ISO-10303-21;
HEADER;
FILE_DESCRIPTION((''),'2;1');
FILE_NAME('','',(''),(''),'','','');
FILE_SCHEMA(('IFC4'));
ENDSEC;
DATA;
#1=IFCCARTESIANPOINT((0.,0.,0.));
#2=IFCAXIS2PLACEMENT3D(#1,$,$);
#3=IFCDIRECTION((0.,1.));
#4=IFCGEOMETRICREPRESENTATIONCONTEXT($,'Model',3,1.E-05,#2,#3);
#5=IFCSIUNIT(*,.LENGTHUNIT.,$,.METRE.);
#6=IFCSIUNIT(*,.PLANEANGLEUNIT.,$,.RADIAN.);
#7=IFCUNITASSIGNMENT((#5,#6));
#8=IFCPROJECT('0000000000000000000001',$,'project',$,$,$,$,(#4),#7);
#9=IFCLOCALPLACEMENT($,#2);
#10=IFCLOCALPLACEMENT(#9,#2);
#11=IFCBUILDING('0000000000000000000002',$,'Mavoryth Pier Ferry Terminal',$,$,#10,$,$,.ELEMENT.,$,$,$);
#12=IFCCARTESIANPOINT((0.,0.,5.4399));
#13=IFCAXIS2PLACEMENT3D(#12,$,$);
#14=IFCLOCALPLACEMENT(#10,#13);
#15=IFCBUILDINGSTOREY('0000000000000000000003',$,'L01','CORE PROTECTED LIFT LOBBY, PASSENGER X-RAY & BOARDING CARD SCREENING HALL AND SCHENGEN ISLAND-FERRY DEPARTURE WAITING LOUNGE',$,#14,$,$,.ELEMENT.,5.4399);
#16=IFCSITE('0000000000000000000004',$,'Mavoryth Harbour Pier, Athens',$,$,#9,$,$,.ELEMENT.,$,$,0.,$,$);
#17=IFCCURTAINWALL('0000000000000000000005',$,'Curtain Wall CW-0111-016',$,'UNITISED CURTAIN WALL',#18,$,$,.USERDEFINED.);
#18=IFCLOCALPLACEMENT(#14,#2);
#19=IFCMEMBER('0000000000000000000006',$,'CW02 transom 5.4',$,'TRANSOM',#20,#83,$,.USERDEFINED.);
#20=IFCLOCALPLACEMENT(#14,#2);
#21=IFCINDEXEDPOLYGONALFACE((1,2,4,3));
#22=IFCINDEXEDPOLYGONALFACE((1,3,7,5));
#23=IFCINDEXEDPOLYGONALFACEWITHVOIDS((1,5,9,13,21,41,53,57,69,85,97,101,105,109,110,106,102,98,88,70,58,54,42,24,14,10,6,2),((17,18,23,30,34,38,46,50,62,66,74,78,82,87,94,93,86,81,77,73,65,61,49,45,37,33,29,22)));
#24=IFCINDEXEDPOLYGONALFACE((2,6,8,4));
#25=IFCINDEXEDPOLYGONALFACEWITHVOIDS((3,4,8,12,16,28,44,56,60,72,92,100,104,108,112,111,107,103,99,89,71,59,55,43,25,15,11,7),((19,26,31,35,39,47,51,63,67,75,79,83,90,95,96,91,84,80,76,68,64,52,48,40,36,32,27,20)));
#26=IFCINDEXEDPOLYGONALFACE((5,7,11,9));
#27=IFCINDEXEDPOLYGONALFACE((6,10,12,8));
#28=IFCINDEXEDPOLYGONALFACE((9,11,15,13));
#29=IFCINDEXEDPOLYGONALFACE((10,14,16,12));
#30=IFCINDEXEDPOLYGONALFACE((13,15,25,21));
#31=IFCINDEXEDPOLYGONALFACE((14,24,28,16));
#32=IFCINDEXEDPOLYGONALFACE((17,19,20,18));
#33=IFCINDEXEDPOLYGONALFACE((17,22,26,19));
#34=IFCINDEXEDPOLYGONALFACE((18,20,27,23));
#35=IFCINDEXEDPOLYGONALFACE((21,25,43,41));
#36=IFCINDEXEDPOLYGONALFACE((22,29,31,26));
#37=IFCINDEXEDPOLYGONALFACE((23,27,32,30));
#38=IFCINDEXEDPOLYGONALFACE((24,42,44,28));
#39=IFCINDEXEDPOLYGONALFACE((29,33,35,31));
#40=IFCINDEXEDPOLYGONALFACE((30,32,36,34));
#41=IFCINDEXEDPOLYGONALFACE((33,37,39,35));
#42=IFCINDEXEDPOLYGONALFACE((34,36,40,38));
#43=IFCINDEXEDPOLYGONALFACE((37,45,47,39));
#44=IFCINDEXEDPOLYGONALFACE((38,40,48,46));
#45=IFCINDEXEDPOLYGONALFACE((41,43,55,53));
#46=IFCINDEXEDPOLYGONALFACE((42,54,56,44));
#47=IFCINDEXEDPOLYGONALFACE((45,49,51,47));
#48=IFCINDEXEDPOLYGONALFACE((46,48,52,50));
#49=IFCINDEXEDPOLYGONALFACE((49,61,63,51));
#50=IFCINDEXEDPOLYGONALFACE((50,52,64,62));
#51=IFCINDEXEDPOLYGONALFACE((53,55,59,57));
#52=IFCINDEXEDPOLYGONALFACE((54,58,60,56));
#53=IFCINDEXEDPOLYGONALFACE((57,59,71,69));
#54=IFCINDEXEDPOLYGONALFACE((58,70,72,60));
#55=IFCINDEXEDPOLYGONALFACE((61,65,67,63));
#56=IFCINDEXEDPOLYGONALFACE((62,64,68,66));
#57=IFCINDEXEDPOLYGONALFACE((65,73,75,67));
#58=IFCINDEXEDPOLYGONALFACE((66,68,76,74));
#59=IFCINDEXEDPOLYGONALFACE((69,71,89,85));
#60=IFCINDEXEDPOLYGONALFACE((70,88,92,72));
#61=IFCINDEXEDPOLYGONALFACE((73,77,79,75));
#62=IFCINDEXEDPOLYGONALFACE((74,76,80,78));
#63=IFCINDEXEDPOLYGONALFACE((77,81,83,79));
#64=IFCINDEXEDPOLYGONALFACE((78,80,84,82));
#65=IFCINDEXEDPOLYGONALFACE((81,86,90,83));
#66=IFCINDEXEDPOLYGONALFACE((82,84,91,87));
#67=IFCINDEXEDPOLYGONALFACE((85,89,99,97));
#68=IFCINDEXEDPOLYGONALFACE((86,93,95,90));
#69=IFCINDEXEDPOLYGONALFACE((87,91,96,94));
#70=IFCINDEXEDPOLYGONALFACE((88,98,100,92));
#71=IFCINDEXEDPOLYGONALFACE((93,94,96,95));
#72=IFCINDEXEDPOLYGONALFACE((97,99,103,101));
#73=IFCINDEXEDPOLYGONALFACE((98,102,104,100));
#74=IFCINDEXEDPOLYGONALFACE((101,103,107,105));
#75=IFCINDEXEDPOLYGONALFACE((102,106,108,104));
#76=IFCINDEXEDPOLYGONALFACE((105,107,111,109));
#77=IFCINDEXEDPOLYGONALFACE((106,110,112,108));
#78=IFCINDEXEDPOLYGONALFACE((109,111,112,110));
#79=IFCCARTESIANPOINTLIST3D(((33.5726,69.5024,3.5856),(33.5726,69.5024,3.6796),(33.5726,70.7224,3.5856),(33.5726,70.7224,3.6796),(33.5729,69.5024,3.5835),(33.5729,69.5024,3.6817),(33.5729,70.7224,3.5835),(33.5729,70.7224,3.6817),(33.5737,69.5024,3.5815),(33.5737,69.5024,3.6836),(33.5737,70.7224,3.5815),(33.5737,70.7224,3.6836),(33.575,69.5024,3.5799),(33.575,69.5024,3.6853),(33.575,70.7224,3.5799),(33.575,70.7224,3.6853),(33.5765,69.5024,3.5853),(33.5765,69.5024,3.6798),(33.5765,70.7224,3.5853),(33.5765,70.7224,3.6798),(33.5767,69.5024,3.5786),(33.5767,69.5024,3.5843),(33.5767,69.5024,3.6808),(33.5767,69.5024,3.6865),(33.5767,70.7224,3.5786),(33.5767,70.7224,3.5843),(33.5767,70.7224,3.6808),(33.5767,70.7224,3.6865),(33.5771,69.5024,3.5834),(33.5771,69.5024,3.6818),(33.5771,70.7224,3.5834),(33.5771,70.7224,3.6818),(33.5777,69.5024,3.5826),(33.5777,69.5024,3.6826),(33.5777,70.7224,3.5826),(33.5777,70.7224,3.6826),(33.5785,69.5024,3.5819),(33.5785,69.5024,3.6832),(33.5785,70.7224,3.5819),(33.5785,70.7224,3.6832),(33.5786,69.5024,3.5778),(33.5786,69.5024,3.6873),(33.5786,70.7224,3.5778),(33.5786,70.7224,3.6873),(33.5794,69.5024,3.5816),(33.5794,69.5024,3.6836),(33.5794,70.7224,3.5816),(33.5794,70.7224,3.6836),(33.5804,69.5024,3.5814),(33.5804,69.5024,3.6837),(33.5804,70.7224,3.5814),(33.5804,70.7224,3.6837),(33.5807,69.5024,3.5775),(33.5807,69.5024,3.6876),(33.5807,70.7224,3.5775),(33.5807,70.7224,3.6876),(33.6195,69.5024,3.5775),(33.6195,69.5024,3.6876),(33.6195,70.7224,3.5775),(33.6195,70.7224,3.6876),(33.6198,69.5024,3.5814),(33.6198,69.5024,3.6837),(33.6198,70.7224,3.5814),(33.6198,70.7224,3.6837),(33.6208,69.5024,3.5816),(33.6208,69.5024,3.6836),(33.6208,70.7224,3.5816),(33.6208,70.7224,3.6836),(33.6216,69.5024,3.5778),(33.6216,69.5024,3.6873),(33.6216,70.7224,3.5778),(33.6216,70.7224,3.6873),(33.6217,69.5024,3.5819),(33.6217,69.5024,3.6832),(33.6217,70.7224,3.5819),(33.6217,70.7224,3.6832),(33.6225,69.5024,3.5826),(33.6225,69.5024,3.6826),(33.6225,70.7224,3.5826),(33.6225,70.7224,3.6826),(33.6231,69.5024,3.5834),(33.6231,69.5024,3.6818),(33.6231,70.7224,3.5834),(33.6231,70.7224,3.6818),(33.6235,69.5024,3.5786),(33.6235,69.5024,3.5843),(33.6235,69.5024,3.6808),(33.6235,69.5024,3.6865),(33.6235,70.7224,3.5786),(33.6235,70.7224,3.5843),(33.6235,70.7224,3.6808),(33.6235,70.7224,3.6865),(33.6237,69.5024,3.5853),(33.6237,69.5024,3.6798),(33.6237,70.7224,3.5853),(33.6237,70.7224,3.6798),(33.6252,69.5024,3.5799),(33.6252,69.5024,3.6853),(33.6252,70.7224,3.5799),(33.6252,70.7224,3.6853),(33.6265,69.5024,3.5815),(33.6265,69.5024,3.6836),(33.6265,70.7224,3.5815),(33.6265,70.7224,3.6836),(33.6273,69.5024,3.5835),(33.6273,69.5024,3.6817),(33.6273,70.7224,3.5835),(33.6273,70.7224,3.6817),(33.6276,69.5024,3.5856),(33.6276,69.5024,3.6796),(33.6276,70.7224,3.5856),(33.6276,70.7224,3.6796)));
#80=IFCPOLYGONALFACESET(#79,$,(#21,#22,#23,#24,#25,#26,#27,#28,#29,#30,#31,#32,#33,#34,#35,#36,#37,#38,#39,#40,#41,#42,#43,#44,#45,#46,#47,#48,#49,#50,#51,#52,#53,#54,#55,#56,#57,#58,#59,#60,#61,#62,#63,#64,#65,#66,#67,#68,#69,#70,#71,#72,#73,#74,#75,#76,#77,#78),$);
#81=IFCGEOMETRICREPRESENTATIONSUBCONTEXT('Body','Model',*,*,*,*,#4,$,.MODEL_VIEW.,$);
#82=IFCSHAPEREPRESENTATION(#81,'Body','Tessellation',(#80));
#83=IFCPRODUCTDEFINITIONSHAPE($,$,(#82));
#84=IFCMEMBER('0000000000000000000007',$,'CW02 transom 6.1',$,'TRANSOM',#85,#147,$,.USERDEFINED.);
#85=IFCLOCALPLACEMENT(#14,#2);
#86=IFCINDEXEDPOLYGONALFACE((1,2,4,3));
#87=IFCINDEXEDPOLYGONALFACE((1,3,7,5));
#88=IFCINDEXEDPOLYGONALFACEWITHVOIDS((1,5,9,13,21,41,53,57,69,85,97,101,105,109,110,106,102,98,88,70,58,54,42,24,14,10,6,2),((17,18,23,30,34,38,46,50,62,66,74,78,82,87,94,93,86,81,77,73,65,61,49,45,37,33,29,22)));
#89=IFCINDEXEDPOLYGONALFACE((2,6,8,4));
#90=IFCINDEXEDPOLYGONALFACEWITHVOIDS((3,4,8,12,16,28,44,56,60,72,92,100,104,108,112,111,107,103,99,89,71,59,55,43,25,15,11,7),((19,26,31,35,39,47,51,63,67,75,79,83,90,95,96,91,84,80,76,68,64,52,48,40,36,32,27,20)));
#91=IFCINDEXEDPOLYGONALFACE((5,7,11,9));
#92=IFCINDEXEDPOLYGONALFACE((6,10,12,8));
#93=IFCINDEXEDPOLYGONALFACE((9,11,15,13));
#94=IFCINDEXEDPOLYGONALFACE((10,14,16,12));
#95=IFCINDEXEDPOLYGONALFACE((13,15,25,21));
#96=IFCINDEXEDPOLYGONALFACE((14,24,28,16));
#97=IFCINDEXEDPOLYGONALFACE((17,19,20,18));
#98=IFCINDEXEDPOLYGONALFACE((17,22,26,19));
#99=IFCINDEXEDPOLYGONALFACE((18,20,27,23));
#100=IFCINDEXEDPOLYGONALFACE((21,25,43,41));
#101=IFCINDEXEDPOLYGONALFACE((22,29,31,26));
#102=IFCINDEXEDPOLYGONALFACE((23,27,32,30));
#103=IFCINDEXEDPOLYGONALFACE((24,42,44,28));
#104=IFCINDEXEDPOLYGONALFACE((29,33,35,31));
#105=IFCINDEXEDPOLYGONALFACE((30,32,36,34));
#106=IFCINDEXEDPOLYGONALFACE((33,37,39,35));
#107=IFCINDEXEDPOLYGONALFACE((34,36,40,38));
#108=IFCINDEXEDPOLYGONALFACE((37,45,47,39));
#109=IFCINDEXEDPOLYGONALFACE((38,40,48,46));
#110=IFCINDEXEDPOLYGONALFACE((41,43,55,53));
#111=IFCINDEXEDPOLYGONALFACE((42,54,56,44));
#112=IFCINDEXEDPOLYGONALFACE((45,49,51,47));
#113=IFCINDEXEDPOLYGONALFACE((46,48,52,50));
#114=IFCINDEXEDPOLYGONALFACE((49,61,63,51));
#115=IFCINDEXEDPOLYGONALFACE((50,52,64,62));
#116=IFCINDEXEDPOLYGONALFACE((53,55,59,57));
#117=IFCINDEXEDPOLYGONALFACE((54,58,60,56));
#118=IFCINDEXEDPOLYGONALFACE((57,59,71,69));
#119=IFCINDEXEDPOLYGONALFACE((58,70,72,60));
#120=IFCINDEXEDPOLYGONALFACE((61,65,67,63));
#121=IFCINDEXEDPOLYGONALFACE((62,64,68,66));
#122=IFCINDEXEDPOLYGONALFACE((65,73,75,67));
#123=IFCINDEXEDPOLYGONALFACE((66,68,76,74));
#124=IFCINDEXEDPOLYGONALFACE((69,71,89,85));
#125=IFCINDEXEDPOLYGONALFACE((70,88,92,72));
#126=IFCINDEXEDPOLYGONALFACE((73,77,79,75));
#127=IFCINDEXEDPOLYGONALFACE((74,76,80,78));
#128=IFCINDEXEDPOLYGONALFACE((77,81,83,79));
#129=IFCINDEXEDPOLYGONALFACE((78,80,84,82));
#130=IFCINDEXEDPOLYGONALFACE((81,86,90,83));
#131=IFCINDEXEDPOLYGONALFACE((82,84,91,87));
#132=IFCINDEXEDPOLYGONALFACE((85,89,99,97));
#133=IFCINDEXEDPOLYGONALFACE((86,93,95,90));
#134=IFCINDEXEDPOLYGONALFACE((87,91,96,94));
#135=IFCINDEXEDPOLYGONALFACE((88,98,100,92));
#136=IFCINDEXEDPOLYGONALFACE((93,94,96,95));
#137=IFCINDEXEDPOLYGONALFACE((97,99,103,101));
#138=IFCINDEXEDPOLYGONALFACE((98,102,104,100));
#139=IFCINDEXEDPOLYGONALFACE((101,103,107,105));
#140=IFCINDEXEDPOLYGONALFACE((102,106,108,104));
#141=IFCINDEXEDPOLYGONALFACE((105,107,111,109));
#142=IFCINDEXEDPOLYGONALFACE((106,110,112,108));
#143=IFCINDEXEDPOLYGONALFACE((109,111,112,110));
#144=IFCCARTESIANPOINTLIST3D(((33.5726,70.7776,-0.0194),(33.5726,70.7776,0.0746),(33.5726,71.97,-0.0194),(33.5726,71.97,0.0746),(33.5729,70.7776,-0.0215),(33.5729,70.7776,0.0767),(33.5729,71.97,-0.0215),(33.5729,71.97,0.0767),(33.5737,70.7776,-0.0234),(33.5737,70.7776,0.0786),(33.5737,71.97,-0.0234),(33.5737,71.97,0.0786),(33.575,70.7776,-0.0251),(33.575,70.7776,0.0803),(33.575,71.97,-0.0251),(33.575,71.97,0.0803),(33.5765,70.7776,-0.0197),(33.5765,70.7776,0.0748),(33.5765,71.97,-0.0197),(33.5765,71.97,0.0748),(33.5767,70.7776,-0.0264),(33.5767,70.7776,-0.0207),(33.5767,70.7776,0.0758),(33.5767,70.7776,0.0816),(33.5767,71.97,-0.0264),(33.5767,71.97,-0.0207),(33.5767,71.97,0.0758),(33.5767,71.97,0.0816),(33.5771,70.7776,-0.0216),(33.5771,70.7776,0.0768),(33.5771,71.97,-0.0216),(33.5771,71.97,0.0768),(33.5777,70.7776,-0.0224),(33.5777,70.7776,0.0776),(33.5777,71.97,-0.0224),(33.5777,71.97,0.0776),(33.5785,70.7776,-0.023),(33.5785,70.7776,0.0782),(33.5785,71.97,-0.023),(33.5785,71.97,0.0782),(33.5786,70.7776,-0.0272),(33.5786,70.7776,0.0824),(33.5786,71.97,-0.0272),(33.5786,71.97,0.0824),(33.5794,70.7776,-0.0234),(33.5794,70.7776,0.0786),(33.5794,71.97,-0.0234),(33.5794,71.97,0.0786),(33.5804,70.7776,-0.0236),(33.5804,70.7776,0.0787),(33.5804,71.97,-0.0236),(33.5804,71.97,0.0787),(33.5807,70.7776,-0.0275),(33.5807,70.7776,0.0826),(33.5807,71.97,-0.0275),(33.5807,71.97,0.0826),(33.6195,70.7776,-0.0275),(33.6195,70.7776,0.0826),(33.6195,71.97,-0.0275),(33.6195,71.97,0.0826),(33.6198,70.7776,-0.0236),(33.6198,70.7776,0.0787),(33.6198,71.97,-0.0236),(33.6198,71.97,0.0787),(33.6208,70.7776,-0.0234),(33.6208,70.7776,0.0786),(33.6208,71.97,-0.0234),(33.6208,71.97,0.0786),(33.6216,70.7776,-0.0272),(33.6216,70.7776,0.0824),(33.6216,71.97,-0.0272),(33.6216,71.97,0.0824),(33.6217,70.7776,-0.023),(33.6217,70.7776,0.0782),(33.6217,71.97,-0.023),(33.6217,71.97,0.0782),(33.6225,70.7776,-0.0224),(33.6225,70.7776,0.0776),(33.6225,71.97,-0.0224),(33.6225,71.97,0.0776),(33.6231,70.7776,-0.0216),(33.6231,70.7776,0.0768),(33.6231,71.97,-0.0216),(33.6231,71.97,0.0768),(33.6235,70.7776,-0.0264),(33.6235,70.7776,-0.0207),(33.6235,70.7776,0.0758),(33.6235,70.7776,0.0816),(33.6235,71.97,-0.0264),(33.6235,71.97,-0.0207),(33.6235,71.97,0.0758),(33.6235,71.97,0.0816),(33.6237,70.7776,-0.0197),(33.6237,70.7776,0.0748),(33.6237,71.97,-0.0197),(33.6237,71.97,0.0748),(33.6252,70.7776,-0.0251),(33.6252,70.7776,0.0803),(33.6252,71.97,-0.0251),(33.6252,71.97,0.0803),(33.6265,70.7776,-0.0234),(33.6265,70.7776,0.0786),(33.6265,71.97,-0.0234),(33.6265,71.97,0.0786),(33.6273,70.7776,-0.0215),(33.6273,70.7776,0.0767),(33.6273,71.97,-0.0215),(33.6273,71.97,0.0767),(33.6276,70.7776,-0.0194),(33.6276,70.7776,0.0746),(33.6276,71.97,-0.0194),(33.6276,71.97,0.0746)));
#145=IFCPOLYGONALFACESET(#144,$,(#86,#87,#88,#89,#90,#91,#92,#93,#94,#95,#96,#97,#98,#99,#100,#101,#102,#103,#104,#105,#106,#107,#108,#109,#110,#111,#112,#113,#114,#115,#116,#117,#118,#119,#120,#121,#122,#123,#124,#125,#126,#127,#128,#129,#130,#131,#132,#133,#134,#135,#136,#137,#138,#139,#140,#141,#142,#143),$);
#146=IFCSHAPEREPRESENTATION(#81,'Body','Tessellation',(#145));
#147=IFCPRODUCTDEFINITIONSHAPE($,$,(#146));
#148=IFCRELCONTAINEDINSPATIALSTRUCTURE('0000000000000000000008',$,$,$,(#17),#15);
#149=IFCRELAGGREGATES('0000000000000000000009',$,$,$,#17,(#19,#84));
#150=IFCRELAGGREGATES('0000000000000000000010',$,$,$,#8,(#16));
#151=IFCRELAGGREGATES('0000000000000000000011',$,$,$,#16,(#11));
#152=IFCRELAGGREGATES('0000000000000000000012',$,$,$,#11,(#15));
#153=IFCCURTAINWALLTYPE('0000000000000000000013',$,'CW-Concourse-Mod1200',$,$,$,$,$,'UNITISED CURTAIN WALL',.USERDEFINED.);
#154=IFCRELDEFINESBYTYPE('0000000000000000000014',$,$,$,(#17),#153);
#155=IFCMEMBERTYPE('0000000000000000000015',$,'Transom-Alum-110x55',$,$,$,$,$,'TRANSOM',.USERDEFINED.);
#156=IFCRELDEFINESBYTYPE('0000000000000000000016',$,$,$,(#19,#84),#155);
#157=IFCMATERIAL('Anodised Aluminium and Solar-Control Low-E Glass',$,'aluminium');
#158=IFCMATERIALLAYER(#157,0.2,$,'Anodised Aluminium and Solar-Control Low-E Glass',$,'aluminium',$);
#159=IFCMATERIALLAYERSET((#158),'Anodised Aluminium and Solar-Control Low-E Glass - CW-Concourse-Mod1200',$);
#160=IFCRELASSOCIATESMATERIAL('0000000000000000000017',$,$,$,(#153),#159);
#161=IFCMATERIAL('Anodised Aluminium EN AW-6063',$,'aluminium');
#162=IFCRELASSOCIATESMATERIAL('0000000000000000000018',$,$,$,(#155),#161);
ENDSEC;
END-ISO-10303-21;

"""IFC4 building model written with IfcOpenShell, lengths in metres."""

from ifc_helpers import new_model, si_unit, direction, frame, origin, origin_2d, place, context, subcontext, project, spatial, hollow_rectangle, extrude, material, layer, layer_set, material_profile, profile_set, type_object, element, aggregate, save


model = new_model("IFC4")

# Units and contexts
model_context = context("Model", 3, precision=1e-05, world=origin(), true_north=direction((0.0, 1.0)))
body_context = subcontext(model_context, "Body", "Model", "MODEL_VIEW")
ifc_project = project(units=[si_unit("LENGTHUNIT", "METRE"), si_unit("PLANEANGLEUNIT", "RADIAN")], contexts=[model_context])

# Site, building, storey
site_placement = place(None, origin())
site = spatial("IfcSite", under=ifc_project, at=site_placement, Name="Mavoryth Harbour Pier, Athens", CompositionType="ELEMENT", RefElevation=0.0)
building_placement = place(site_placement, origin())
building = spatial("IfcBuilding", under=site, at=building_placement, Name="Mavoryth Pier Ferry Terminal", CompositionType="ELEMENT")
storey_placement = place(building_placement, frame((0.0, 0.0, 5.4399)))
storey = spatial("IfcBuildingStorey", under=building, at=storey_placement, Name="L01", Description="CORE PROTECTED LIFT LOBBY, PASSENGER X-RAY & BOARDING CARD SCREENING HALL AND SCHENGEN ISLAND-FERRY DEPARTURE WAITING LOUNGE", CompositionType="ELEMENT", Elevation=5.4399)

# Curtain wall
ifc_material_1 = material(Name="Anodised Aluminium and Solar-Control Low-E Glass", Category="aluminium")
ifc_layer_1 = layer(ifc_material_1, 0.2, Name="Anodised Aluminium and Solar-Control Low-E Glass", Category="aluminium")
ifc_layer_set_1 = layer_set([ifc_layer_1], Name="Anodised Aluminium and Solar-Control Low-E Glass - CW-Concourse-Mod1200")
curtain_wall_type = type_object("IfcCurtainWallType", Name="CW-Concourse-Mod1200", ElementType="UNITISED CURTAIN WALL", PredefinedType="USERDEFINED", material=ifc_layer_set_1)
curtain_wall_1_placement = place(storey_placement, origin())
curtain_wall_1 = element("IfcCurtainWall", 1, at=curtain_wall_1_placement, inside=storey, type_object=curtain_wall_type, Name="Curtain Wall CW-0111-016", ObjectType="UNITISED CURTAIN WALL", PredefinedType="USERDEFINED")
ifc_material_2 = material(Name="Anodised Aluminium EN AW-6063", Category="aluminium")

# Members
ifc_material_profile_1 = material_profile(ifc_material_2, hollow_rectangle(XDim=0.0549, YDim=0.1101, WallThickness=0.0039, InnerFilletRadius=0.0039, OuterFilletRadius=0.0081, at=origin_2d()), Name="AL-TRAN 110x55x4", Category="aluminium")
ifc_profile_set_1 = profile_set([ifc_material_profile_1], Name="Anodised Aluminium EN AW-6063 - AL-TRAN 110x55x4")
member_type_1 = type_object("IfcMemberType", Name="Transom-Alum-110x55", ElementType="TRANSOM", PredefinedType="USERDEFINED", material=ifc_profile_set_1)
member_1_placement = place(storey_placement, frame((33.6001, 69.5024, 3.6326), z_axis=(0.0, 1.0, 0.0), x_axis=(-1.0, 0.0, 0.0)))
member_1 = element("IfcMember", 2, at=member_1_placement, type_object=member_type_1, Name="CW02 transom 5.4", ObjectType="TRANSOM", PredefinedType="USERDEFINED", context=body_context, shape_type="SweptSolid", body=[
    extrude(hollow_rectangle(XDim=0.0549, YDim=0.1101, WallThickness=0.0039, InnerFilletRadius=0.0039, OuterFilletRadius=0.0081, at=origin_2d()), origin(), (0.0, 0.0, 1.0), 1.22),
])
member_2_placement = place(storey_placement, frame((33.6001, 70.7776, 0.0276), z_axis=(0.0, 1.0, 0.0), x_axis=(-1.0, 0.0, 0.0)))
member_2 = element("IfcMember", 3, at=member_2_placement, type_object=member_type_1, Name="CW02 transom 6.1", ObjectType="TRANSOM", PredefinedType="USERDEFINED", context=body_context, shape_type="SweptSolid", body=[
    extrude(hollow_rectangle(XDim=0.0549, YDim=0.1101, WallThickness=0.0039, InnerFilletRadius=0.0039, OuterFilletRadius=0.0081, at=origin_2d()), origin(), (0.0, 0.0, 1.0), 1.1924),
])

aggregate(curtain_wall_1, [member_1, member_2])

save(model, "model.ifc")
